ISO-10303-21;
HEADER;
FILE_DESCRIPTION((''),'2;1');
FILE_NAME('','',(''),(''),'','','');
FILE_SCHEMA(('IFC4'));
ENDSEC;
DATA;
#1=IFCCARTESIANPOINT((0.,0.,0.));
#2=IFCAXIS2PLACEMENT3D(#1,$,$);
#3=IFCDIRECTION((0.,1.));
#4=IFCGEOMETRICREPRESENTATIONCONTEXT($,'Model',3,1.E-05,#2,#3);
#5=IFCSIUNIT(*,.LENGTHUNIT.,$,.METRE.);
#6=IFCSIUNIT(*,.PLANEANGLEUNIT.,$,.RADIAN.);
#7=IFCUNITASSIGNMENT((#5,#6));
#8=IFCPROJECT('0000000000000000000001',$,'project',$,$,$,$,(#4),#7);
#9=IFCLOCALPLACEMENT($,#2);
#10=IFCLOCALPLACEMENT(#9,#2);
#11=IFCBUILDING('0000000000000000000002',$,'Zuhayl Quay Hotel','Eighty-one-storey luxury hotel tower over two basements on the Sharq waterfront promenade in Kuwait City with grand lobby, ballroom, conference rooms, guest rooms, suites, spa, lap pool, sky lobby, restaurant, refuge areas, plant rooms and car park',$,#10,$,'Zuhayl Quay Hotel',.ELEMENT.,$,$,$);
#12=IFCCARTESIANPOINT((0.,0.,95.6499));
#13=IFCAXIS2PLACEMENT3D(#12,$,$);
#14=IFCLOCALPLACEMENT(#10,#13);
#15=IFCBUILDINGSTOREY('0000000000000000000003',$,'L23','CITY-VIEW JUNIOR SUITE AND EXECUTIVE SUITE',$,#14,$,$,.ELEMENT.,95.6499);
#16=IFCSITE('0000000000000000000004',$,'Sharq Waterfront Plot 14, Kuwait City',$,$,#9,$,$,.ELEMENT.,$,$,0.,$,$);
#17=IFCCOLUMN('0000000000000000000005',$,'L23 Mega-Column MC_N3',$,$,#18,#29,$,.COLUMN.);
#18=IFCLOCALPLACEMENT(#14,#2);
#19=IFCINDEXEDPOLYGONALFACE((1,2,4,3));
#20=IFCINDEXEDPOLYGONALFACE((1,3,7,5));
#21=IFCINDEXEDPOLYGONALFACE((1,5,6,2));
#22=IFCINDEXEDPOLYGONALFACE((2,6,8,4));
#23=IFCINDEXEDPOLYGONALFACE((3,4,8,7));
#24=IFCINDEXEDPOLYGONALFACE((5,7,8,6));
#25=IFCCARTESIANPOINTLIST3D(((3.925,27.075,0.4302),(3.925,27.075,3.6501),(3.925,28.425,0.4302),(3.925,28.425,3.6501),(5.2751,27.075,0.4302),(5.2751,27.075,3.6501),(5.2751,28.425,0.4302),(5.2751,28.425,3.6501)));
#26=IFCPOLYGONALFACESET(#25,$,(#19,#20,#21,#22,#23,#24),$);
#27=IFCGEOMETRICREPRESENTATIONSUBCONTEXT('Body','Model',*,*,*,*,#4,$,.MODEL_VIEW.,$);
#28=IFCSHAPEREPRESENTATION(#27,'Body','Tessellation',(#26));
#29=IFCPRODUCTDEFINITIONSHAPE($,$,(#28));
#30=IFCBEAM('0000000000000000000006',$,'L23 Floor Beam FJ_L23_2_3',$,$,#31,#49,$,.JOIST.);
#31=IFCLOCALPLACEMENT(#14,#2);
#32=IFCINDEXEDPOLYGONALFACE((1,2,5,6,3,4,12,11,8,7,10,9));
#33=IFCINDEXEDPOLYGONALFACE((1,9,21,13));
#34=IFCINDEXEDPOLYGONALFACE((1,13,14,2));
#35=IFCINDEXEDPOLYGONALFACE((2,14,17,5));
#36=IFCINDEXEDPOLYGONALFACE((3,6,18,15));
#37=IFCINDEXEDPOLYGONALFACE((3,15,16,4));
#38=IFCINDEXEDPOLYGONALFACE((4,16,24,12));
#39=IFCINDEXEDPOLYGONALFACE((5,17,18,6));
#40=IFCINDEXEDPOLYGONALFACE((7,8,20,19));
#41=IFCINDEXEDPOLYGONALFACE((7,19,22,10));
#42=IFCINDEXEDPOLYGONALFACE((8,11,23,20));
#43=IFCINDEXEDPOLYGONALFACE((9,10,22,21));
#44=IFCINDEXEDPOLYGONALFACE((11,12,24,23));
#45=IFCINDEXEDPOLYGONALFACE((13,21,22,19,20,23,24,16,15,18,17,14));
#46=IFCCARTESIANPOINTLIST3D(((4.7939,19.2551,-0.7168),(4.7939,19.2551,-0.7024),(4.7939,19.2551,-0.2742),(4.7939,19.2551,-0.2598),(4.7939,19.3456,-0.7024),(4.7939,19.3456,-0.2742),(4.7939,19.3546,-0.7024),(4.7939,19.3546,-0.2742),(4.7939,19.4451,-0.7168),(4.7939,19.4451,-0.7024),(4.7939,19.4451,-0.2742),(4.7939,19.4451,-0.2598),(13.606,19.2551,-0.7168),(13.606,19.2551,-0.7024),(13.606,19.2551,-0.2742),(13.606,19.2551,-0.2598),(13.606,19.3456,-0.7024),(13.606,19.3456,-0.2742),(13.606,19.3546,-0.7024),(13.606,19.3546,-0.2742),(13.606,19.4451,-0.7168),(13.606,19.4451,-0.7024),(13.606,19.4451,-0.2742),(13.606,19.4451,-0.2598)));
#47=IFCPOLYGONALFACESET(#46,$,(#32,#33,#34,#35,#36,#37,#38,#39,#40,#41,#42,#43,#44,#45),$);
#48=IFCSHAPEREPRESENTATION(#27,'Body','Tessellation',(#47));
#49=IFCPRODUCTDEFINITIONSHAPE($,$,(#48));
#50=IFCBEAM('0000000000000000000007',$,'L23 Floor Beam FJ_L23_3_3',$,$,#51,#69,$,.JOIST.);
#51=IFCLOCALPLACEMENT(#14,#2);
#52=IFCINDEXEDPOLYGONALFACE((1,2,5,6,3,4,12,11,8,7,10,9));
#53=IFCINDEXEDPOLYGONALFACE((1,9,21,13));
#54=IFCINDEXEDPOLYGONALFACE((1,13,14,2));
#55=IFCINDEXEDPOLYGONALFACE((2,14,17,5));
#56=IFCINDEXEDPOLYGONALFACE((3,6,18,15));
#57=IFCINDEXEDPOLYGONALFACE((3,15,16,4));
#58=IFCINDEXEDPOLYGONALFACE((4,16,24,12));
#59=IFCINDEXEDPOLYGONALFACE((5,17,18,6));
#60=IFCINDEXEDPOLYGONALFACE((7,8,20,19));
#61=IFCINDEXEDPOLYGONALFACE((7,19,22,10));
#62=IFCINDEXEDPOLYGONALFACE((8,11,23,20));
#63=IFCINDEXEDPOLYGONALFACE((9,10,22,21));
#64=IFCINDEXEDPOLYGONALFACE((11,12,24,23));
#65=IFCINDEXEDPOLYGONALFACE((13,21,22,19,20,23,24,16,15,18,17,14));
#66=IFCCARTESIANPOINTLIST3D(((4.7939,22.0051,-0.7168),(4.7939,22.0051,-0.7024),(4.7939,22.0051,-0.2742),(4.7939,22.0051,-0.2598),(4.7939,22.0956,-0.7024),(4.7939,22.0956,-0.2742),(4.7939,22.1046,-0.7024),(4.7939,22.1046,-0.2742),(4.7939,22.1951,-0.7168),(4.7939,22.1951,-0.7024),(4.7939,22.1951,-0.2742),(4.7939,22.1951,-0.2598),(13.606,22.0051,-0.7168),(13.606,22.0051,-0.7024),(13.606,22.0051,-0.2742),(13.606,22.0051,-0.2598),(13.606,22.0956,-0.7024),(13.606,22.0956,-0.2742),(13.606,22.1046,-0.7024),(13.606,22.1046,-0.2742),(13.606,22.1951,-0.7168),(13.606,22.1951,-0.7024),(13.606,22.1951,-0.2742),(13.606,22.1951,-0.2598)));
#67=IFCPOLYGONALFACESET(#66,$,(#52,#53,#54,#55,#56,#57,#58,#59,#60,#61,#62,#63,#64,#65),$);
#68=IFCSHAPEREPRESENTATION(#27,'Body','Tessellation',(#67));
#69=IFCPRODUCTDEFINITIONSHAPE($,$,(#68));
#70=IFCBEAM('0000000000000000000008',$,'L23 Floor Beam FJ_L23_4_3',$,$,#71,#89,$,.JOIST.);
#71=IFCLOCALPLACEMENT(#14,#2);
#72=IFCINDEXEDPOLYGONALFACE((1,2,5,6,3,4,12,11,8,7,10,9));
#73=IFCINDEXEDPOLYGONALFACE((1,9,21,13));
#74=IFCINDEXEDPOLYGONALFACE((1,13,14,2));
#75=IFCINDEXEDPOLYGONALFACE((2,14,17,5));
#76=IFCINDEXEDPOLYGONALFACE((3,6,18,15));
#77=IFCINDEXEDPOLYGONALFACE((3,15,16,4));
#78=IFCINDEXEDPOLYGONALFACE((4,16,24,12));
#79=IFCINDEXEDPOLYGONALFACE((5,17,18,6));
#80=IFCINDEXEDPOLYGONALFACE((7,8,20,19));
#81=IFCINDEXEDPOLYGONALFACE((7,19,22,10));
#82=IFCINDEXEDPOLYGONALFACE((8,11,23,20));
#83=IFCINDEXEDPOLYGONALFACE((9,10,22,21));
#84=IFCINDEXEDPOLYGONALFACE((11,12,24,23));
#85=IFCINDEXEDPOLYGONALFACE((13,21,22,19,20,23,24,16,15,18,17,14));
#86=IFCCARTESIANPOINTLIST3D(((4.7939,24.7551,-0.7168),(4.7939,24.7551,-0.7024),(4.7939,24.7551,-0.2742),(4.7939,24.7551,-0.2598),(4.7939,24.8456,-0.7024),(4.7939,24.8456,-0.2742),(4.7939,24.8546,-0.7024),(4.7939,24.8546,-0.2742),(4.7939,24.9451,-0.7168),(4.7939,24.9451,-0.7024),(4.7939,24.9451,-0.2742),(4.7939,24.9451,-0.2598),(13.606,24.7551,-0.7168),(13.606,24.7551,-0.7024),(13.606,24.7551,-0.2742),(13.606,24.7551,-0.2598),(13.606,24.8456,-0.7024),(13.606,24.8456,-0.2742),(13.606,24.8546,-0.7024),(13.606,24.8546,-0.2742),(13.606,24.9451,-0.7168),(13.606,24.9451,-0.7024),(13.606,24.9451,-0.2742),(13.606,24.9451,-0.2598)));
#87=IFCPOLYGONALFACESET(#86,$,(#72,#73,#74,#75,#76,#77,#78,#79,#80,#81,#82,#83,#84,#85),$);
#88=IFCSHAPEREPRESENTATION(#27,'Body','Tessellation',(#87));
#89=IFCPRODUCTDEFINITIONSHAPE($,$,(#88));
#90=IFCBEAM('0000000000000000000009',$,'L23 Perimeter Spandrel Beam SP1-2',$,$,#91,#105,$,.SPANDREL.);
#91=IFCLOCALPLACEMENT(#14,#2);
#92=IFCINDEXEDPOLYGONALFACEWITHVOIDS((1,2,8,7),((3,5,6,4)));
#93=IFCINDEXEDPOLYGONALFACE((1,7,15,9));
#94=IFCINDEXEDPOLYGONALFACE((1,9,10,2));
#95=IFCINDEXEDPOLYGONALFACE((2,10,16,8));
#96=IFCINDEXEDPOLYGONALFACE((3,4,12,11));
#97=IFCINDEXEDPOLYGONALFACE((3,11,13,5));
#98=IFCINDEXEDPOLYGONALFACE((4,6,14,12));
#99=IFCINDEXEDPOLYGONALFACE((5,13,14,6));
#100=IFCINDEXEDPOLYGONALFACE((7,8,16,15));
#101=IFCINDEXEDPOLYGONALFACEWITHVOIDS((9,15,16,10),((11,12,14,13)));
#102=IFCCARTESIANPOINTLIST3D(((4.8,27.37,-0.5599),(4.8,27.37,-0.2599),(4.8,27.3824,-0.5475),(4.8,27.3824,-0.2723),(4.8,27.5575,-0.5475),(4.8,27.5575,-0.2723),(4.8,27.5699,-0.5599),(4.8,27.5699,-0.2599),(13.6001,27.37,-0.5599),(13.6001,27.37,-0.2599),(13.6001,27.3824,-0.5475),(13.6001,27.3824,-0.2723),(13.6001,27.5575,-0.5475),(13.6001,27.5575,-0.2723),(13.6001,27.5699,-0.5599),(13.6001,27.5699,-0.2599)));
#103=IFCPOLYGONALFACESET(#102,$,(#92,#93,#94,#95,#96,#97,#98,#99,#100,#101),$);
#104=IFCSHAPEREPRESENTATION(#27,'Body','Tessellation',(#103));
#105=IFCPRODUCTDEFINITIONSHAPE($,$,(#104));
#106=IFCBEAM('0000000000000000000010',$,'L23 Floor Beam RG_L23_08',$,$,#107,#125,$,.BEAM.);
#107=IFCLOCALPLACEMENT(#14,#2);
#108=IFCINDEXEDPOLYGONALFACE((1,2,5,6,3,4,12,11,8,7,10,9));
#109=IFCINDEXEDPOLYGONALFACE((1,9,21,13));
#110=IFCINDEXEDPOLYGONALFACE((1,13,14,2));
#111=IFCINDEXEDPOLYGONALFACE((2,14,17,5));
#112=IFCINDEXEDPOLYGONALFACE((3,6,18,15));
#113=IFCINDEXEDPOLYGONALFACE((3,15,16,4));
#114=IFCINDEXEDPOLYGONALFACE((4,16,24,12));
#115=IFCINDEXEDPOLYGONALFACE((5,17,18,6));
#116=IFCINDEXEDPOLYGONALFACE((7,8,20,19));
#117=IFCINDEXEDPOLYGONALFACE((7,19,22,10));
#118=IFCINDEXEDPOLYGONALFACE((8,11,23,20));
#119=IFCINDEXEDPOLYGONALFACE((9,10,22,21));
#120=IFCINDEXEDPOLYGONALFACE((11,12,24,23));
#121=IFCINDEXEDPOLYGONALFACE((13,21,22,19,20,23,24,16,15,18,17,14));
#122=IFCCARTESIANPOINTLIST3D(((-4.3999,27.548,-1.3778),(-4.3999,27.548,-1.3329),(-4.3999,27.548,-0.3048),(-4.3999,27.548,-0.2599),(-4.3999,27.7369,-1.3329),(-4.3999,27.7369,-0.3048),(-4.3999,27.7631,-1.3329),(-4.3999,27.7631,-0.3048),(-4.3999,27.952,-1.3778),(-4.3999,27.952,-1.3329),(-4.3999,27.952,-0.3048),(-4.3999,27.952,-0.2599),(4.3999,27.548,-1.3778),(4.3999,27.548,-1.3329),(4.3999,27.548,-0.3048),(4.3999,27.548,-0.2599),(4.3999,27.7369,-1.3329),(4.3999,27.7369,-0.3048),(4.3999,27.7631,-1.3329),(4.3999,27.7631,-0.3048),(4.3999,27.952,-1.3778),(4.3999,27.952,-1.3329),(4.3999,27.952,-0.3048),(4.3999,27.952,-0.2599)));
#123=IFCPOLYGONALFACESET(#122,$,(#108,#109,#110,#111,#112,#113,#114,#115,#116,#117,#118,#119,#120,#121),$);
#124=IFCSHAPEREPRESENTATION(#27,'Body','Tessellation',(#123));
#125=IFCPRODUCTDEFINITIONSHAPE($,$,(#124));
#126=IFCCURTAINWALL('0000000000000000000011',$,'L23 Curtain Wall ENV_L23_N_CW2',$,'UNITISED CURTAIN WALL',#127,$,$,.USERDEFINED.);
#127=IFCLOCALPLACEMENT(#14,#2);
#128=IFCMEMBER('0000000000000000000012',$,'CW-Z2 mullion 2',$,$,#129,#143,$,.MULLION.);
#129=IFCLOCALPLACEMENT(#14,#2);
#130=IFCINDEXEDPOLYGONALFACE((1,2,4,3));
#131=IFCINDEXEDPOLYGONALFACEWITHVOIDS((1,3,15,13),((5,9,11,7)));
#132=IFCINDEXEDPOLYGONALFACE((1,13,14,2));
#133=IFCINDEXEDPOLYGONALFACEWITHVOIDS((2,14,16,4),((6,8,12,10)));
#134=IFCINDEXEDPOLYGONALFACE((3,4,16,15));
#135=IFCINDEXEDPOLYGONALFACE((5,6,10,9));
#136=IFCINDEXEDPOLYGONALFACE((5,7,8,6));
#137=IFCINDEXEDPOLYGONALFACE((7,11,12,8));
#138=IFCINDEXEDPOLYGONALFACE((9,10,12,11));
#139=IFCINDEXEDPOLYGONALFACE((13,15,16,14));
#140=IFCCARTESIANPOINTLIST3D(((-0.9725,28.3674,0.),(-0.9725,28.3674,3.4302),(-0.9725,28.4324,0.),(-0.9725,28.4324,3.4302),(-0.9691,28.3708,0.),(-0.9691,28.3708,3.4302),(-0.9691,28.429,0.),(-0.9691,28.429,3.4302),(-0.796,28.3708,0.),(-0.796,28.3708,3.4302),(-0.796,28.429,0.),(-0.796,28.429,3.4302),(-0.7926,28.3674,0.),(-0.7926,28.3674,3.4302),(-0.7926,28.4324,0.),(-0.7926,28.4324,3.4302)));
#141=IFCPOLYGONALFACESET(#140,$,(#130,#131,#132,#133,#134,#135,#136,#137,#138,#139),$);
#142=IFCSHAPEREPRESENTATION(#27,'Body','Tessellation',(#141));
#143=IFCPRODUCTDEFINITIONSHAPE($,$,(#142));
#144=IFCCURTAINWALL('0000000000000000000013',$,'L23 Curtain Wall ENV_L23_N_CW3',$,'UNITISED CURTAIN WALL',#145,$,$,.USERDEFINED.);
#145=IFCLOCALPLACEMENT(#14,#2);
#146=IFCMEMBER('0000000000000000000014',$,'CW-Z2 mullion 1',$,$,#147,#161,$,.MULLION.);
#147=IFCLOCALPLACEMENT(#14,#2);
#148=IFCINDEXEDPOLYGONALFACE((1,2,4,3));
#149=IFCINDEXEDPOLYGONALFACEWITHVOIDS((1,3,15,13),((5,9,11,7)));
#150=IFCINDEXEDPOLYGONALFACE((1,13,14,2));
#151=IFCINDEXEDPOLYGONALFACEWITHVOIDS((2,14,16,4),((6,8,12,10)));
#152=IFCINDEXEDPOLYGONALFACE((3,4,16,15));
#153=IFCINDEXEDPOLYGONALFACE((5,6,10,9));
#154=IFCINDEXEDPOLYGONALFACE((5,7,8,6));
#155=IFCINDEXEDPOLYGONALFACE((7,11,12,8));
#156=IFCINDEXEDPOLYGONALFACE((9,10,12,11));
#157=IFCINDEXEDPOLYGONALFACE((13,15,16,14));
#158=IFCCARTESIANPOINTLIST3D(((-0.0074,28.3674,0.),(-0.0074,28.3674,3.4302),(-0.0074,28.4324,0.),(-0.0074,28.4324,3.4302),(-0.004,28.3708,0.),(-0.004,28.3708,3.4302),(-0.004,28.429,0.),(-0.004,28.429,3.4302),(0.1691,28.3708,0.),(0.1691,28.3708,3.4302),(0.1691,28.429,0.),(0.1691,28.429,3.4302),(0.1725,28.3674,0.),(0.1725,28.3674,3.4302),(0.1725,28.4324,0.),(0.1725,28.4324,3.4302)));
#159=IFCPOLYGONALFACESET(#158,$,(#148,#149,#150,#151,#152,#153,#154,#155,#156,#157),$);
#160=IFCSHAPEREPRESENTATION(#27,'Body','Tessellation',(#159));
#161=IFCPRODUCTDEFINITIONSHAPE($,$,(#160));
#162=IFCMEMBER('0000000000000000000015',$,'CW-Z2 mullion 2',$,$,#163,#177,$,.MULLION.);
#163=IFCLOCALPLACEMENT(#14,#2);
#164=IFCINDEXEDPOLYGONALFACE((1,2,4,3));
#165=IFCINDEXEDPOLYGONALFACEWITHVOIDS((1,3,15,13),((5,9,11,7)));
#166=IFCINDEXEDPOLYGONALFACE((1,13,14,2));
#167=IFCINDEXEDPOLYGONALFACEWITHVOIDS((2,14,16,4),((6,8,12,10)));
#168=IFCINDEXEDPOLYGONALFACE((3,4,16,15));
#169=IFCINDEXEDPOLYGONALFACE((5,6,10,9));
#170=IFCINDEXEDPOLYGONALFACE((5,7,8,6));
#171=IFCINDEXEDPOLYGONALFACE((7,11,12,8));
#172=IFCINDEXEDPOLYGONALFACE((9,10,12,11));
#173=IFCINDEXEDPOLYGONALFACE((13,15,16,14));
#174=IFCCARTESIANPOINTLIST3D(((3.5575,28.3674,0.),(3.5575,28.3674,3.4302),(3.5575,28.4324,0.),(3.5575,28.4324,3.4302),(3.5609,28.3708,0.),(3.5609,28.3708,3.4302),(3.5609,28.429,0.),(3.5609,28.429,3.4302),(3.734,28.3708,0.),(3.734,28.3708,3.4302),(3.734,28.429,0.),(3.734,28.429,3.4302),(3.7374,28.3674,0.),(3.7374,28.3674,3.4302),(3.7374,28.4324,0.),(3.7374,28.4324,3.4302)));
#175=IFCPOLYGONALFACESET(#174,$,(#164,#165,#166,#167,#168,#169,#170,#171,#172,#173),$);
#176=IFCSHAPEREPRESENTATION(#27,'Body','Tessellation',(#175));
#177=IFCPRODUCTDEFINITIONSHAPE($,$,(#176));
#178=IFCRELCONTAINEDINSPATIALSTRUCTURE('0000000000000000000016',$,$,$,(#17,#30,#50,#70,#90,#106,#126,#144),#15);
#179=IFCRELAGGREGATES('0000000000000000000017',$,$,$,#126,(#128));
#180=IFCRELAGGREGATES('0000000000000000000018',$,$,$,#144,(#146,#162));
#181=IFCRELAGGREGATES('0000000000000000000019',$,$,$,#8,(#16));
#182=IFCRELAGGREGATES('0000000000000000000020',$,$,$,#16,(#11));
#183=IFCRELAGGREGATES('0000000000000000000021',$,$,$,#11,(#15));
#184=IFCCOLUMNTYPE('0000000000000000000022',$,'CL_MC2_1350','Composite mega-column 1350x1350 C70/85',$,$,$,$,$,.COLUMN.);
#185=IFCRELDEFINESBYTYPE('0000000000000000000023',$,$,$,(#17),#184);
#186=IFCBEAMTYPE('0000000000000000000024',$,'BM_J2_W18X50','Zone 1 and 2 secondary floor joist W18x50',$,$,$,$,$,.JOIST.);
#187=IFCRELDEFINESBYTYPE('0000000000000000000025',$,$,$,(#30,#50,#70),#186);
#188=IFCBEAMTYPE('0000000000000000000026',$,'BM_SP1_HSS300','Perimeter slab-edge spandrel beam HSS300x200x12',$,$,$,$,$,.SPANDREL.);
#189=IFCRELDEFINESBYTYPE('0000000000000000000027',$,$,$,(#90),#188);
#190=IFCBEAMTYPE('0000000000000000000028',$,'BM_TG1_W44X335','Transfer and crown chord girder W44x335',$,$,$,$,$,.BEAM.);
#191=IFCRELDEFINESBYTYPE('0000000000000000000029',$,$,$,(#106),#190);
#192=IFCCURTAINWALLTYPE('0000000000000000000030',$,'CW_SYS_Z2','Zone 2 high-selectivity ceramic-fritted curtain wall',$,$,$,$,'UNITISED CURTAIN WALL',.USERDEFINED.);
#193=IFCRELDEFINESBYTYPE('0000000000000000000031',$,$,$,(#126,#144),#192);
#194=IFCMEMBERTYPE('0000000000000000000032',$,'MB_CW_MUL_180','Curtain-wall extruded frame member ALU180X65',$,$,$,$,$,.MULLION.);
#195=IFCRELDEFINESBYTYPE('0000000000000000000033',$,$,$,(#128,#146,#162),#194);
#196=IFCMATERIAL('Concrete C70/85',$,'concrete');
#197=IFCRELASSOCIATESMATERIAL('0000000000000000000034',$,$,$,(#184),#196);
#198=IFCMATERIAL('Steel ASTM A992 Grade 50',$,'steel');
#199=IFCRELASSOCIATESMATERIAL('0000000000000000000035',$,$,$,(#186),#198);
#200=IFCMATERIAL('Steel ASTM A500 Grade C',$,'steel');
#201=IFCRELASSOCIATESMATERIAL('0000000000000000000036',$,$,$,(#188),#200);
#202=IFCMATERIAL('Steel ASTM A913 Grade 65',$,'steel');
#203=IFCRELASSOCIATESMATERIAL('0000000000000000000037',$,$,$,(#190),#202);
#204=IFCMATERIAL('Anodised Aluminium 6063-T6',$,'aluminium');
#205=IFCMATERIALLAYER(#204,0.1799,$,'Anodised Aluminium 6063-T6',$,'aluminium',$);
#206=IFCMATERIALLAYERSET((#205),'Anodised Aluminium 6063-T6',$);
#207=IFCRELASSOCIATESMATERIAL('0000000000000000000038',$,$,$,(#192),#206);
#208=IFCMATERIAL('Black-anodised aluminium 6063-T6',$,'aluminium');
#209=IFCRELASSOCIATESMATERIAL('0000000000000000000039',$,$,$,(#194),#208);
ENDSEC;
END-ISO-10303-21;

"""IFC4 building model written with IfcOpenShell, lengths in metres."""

from ifc_helpers import new_model, si_unit, direction, frame, origin, origin_2d, place, context, subcontext, project, spatial, rectangle, hollow_rectangle, i_section, extrude, material, layer, layer_set, material_profile, profile_set, type_object, element, aggregate, save


model = new_model("IFC4")

# Units and contexts
model_context = context("Model", 3, precision=1e-05, world=origin(), true_north=direction((0.0, 1.0)))
body_context = subcontext(model_context, "Body", "Model", "MODEL_VIEW")
ifc_project = project(units=[si_unit("LENGTHUNIT", "METRE"), si_unit("PLANEANGLEUNIT", "RADIAN")], contexts=[model_context])

# Site, building, storey
site_placement = place(None, origin())
site = spatial("IfcSite", under=ifc_project, at=site_placement, Name="Sharq Waterfront Plot 14, Kuwait City", CompositionType="ELEMENT", RefElevation=0.0)
building_placement = place(site_placement, origin())
building = spatial("IfcBuilding", under=site, at=building_placement, Name="Zuhayl Quay Hotel", Description="Eighty-one-storey luxury hotel tower over two basements on the Sharq waterfront promenade in Kuwait City with grand lobby, ballroom, conference rooms, guest rooms, suites, spa, lap pool, sky lobby, restaurant, refuge areas, plant rooms and car park", LongName="Zuhayl Quay Hotel", CompositionType="ELEMENT")
storey_placement = place(building_placement, frame((0.0, 0.0, 95.6499)))
storey = spatial("IfcBuildingStorey", under=building, at=storey_placement, Name="L23", Description="CITY-VIEW JUNIOR SUITE AND EXECUTIVE SUITE", CompositionType="ELEMENT", Elevation=95.6499)

# Column
ifc_material_1 = material(Name="Concrete C70/85", Category="concrete")
ifc_material_profile_1 = material_profile(ifc_material_1, rectangle(XDim=1.3501, YDim=1.3501, at=origin_2d()), Name="RC1350X1350")
ifc_profile_set_1 = profile_set([ifc_material_profile_1], Name="Concrete C70/85")
column_type = type_object("IfcColumnType", Name="CL_MC2_1350", Description="Composite mega-column 1350x1350 C70/85", PredefinedType="COLUMN", material=ifc_profile_set_1)
column_placement = place(storey_placement, frame((4.6001, 27.75, 0.4302), z_axis=(0.0, 0.0, 1.0), x_axis=(1.0, 0.0, 0.0)))
element("IfcColumn", 1, at=column_placement, inside=storey, type_object=column_type, Name="L23 Mega-Column MC_N3", PredefinedType="COLUMN", context=body_context, shape_type="SweptSolid", body=[
    extrude(rectangle(XDim=1.3501, YDim=1.3501, at=origin_2d()), origin(), (0.0, 0.0, 1.0), 3.22),
])

# Beams
ifc_material_2 = material(Name="Steel ASTM A992 Grade 50", Category="steel")
ifc_material_profile_2 = material_profile(ifc_material_2, i_section(OverallWidth=0.1899, OverallDepth=0.457, WebThickness=0.009, FlangeThickness=0.0144, at=origin_2d()), Name="W18X50")
ifc_profile_set_2 = profile_set([ifc_material_profile_2], Name="Steel ASTM A992 Grade 50")
beam_type_1 = type_object("IfcBeamType", Name="BM_J2_W18X50", Description="Zone 1 and 2 secondary floor joist W18x50", PredefinedType="JOIST", material=ifc_profile_set_2)
for number, where, z_axis, x_axis, name in (
    (2, (4.7939, 19.3501, -0.4883), (1.0, 0.0, 0.0), (0.0, 1.0, 0.0), "L23 Floor Beam FJ_L23_2_3"),
    (3, (4.7939, 22.1001, -0.4883), (1.0, 0.0, 0.0), (0.0, 1.0, 0.0), "L23 Floor Beam FJ_L23_3_3"),
    (4, (4.7939, 24.8501, -0.4883), (1.0, 0.0, 0.0), (0.0, 1.0, 0.0), "L23 Floor Beam FJ_L23_4_3"),
):
    element("IfcBeam", number, at=place(storey_placement, frame(where, z_axis=z_axis, x_axis=x_axis)), inside=storey, type_object=beam_type_1, Name=name, PredefinedType="JOIST", context=body_context, shape_type="SweptSolid", body=[
        extrude(i_section(OverallWidth=0.1899, OverallDepth=0.457, WebThickness=0.009, FlangeThickness=0.0144, at=origin_2d()), origin(), (0.0, 0.0, 1.0), 8.812),
    ])
ifc_material_3 = material(Name="Steel ASTM A500 Grade C", Category="steel")
ifc_material_profile_3 = material_profile(ifc_material_3, hollow_rectangle(XDim=0.2, YDim=0.3, WallThickness=0.0125, at=origin_2d()), Name="HSS300X200X12")
ifc_profile_set_3 = profile_set([ifc_material_profile_3], Name="Steel ASTM A500 Grade C")
beam_type_2 = type_object("IfcBeamType", Name="BM_SP1_HSS300", Description="Perimeter slab-edge spandrel beam HSS300x200x12", PredefinedType="SPANDREL", material=ifc_profile_set_3)
beam_1_placement = place(storey_placement, frame((4.8, 27.47, -0.4099), z_axis=(1.0, 0.0, 0.0), x_axis=(0.0, 1.0, 0.0)))
element("IfcBeam", 5, at=beam_1_placement, inside=storey, type_object=beam_type_2, Name="L23 Perimeter Spandrel Beam SP1-2", PredefinedType="SPANDREL", context=body_context, shape_type="SweptSolid", body=[
    extrude(hollow_rectangle(XDim=0.2, YDim=0.3, WallThickness=0.0125, at=origin_2d()), origin(), (0.0, 0.0, 1.0), 8.8),
])
ifc_material_4 = material(Name="Steel ASTM A913 Grade 65", Category="steel")
ifc_material_profile_4 = material_profile(ifc_material_4, i_section(OverallWidth=0.4041, OverallDepth=1.1179, WebThickness=0.0261, FlangeThickness=0.0449, at=origin_2d()), Name="W44X335")
ifc_profile_set_4 = profile_set([ifc_material_profile_4], Name="Steel ASTM A913 Grade 65")
beam_type_3 = type_object("IfcBeamType", Name="BM_TG1_W44X335", Description="Transfer and crown chord girder W44x335", PredefinedType="BEAM", material=ifc_profile_set_4)
beam_2_placement = place(storey_placement, frame((4.3999, 27.75, -0.8188), z_axis=(-1.0, 0.0, 0.0), x_axis=(0.0, -1.0, 0.0)))
element("IfcBeam", 6, at=beam_2_placement, inside=storey, type_object=beam_type_3, Name="L23 Floor Beam RG_L23_08", PredefinedType="BEAM", context=body_context, shape_type="SweptSolid", body=[
    extrude(i_section(OverallWidth=0.4041, OverallDepth=1.1179, WebThickness=0.0261, FlangeThickness=0.0449, at=origin_2d()), origin(), (0.0, 0.0, 1.0), 8.7998),
])

# Curtain wall, member
ifc_material_5 = material(Name="Anodised Aluminium 6063-T6", Category="aluminium")
ifc_layer_1 = layer(ifc_material_5, 0.1799, Name="Anodised Aluminium 6063-T6", Category="aluminium")
ifc_layer_set_1 = layer_set([ifc_layer_1], Name="Anodised Aluminium 6063-T6")
curtain_wall_type = type_object("IfcCurtainWallType", Name="CW_SYS_Z2", Description="Zone 2 high-selectivity ceramic-fritted curtain wall", ElementType="UNITISED CURTAIN WALL", PredefinedType="USERDEFINED", material=ifc_layer_set_1)
curtain_wall_1_placement = place(storey_placement, origin())
curtain_wall_1 = element("IfcCurtainWall", 7, at=curtain_wall_1_placement, inside=storey, type_object=curtain_wall_type, Name="L23 Curtain Wall ENV_L23_N_CW2", ObjectType="UNITISED CURTAIN WALL", PredefinedType="USERDEFINED")
ifc_material_6 = material(Name="Black-anodised aluminium 6063-T6", Category="aluminium")
ifc_material_profile_5 = material_profile(ifc_material_6, hollow_rectangle(XDim=0.0649, YDim=0.1799, WallThickness=0.0034, at=origin_2d()), Name="ALU180X65")
ifc_profile_set_5 = profile_set([ifc_material_profile_5], Name="Black-anodised aluminium 6063-T6")
member_type_1 = type_object("IfcMemberType", Name="MB_CW_MUL_180", Description="Curtain-wall extruded frame member ALU180X65", PredefinedType="MULLION", material=ifc_profile_set_5)
member_1_placement = place(storey_placement, frame((-0.8826, 28.3999, 0.0), z_axis=(0.0, 0.0, 1.0), x_axis=(0.0, 1.0, 0.0)))
member_1 = element("IfcMember", 8, at=member_1_placement, type_object=member_type_1, Name="CW-Z2 mullion 2", PredefinedType="MULLION", context=body_context, shape_type="SweptSolid", body=[
    extrude(hollow_rectangle(XDim=0.0649, YDim=0.1799, WallThickness=0.0034, at=origin_2d()), origin(), (0.0, 0.0, 1.0), 3.4302),
])
aggregate(curtain_wall_1, [member_1])

# Curtain wall, members
curtain_wall_2_placement = place(storey_placement, origin())
curtain_wall_2 = element("IfcCurtainWall", 9, at=curtain_wall_2_placement, inside=storey, type_object=curtain_wall_type, Name="L23 Curtain Wall ENV_L23_N_CW3", ObjectType="UNITISED CURTAIN WALL", PredefinedType="USERDEFINED")
member_2_placement = place(storey_placement, frame((0.0825, 28.3999, 0.0), z_axis=(0.0, 0.0, 1.0), x_axis=(0.0, 1.0, 0.0)))
member_2 = element("IfcMember", 10, at=member_2_placement, type_object=member_type_1, Name="CW-Z2 mullion 1", PredefinedType="MULLION", context=body_context, shape_type="SweptSolid", body=[
    extrude(hollow_rectangle(XDim=0.0649, YDim=0.1799, WallThickness=0.0034, at=origin_2d()), origin(), (0.0, 0.0, 1.0), 3.4302),
])
member_3_placement = place(storey_placement, frame((3.6475, 28.3999, 0.0), z_axis=(0.0, 0.0, 1.0), x_axis=(0.0, 1.0, 0.0)))
member_3 = element("IfcMember", 11, at=member_3_placement, type_object=member_type_1, Name="CW-Z2 mullion 2", PredefinedType="MULLION", context=body_context, shape_type="SweptSolid", body=[
    extrude(hollow_rectangle(XDim=0.0649, YDim=0.1799, WallThickness=0.0034, at=origin_2d()), origin(), (0.0, 0.0, 1.0), 3.4302),
])
aggregate(curtain_wall_2, [member_2, member_3])

save(model, "model.ifc")
